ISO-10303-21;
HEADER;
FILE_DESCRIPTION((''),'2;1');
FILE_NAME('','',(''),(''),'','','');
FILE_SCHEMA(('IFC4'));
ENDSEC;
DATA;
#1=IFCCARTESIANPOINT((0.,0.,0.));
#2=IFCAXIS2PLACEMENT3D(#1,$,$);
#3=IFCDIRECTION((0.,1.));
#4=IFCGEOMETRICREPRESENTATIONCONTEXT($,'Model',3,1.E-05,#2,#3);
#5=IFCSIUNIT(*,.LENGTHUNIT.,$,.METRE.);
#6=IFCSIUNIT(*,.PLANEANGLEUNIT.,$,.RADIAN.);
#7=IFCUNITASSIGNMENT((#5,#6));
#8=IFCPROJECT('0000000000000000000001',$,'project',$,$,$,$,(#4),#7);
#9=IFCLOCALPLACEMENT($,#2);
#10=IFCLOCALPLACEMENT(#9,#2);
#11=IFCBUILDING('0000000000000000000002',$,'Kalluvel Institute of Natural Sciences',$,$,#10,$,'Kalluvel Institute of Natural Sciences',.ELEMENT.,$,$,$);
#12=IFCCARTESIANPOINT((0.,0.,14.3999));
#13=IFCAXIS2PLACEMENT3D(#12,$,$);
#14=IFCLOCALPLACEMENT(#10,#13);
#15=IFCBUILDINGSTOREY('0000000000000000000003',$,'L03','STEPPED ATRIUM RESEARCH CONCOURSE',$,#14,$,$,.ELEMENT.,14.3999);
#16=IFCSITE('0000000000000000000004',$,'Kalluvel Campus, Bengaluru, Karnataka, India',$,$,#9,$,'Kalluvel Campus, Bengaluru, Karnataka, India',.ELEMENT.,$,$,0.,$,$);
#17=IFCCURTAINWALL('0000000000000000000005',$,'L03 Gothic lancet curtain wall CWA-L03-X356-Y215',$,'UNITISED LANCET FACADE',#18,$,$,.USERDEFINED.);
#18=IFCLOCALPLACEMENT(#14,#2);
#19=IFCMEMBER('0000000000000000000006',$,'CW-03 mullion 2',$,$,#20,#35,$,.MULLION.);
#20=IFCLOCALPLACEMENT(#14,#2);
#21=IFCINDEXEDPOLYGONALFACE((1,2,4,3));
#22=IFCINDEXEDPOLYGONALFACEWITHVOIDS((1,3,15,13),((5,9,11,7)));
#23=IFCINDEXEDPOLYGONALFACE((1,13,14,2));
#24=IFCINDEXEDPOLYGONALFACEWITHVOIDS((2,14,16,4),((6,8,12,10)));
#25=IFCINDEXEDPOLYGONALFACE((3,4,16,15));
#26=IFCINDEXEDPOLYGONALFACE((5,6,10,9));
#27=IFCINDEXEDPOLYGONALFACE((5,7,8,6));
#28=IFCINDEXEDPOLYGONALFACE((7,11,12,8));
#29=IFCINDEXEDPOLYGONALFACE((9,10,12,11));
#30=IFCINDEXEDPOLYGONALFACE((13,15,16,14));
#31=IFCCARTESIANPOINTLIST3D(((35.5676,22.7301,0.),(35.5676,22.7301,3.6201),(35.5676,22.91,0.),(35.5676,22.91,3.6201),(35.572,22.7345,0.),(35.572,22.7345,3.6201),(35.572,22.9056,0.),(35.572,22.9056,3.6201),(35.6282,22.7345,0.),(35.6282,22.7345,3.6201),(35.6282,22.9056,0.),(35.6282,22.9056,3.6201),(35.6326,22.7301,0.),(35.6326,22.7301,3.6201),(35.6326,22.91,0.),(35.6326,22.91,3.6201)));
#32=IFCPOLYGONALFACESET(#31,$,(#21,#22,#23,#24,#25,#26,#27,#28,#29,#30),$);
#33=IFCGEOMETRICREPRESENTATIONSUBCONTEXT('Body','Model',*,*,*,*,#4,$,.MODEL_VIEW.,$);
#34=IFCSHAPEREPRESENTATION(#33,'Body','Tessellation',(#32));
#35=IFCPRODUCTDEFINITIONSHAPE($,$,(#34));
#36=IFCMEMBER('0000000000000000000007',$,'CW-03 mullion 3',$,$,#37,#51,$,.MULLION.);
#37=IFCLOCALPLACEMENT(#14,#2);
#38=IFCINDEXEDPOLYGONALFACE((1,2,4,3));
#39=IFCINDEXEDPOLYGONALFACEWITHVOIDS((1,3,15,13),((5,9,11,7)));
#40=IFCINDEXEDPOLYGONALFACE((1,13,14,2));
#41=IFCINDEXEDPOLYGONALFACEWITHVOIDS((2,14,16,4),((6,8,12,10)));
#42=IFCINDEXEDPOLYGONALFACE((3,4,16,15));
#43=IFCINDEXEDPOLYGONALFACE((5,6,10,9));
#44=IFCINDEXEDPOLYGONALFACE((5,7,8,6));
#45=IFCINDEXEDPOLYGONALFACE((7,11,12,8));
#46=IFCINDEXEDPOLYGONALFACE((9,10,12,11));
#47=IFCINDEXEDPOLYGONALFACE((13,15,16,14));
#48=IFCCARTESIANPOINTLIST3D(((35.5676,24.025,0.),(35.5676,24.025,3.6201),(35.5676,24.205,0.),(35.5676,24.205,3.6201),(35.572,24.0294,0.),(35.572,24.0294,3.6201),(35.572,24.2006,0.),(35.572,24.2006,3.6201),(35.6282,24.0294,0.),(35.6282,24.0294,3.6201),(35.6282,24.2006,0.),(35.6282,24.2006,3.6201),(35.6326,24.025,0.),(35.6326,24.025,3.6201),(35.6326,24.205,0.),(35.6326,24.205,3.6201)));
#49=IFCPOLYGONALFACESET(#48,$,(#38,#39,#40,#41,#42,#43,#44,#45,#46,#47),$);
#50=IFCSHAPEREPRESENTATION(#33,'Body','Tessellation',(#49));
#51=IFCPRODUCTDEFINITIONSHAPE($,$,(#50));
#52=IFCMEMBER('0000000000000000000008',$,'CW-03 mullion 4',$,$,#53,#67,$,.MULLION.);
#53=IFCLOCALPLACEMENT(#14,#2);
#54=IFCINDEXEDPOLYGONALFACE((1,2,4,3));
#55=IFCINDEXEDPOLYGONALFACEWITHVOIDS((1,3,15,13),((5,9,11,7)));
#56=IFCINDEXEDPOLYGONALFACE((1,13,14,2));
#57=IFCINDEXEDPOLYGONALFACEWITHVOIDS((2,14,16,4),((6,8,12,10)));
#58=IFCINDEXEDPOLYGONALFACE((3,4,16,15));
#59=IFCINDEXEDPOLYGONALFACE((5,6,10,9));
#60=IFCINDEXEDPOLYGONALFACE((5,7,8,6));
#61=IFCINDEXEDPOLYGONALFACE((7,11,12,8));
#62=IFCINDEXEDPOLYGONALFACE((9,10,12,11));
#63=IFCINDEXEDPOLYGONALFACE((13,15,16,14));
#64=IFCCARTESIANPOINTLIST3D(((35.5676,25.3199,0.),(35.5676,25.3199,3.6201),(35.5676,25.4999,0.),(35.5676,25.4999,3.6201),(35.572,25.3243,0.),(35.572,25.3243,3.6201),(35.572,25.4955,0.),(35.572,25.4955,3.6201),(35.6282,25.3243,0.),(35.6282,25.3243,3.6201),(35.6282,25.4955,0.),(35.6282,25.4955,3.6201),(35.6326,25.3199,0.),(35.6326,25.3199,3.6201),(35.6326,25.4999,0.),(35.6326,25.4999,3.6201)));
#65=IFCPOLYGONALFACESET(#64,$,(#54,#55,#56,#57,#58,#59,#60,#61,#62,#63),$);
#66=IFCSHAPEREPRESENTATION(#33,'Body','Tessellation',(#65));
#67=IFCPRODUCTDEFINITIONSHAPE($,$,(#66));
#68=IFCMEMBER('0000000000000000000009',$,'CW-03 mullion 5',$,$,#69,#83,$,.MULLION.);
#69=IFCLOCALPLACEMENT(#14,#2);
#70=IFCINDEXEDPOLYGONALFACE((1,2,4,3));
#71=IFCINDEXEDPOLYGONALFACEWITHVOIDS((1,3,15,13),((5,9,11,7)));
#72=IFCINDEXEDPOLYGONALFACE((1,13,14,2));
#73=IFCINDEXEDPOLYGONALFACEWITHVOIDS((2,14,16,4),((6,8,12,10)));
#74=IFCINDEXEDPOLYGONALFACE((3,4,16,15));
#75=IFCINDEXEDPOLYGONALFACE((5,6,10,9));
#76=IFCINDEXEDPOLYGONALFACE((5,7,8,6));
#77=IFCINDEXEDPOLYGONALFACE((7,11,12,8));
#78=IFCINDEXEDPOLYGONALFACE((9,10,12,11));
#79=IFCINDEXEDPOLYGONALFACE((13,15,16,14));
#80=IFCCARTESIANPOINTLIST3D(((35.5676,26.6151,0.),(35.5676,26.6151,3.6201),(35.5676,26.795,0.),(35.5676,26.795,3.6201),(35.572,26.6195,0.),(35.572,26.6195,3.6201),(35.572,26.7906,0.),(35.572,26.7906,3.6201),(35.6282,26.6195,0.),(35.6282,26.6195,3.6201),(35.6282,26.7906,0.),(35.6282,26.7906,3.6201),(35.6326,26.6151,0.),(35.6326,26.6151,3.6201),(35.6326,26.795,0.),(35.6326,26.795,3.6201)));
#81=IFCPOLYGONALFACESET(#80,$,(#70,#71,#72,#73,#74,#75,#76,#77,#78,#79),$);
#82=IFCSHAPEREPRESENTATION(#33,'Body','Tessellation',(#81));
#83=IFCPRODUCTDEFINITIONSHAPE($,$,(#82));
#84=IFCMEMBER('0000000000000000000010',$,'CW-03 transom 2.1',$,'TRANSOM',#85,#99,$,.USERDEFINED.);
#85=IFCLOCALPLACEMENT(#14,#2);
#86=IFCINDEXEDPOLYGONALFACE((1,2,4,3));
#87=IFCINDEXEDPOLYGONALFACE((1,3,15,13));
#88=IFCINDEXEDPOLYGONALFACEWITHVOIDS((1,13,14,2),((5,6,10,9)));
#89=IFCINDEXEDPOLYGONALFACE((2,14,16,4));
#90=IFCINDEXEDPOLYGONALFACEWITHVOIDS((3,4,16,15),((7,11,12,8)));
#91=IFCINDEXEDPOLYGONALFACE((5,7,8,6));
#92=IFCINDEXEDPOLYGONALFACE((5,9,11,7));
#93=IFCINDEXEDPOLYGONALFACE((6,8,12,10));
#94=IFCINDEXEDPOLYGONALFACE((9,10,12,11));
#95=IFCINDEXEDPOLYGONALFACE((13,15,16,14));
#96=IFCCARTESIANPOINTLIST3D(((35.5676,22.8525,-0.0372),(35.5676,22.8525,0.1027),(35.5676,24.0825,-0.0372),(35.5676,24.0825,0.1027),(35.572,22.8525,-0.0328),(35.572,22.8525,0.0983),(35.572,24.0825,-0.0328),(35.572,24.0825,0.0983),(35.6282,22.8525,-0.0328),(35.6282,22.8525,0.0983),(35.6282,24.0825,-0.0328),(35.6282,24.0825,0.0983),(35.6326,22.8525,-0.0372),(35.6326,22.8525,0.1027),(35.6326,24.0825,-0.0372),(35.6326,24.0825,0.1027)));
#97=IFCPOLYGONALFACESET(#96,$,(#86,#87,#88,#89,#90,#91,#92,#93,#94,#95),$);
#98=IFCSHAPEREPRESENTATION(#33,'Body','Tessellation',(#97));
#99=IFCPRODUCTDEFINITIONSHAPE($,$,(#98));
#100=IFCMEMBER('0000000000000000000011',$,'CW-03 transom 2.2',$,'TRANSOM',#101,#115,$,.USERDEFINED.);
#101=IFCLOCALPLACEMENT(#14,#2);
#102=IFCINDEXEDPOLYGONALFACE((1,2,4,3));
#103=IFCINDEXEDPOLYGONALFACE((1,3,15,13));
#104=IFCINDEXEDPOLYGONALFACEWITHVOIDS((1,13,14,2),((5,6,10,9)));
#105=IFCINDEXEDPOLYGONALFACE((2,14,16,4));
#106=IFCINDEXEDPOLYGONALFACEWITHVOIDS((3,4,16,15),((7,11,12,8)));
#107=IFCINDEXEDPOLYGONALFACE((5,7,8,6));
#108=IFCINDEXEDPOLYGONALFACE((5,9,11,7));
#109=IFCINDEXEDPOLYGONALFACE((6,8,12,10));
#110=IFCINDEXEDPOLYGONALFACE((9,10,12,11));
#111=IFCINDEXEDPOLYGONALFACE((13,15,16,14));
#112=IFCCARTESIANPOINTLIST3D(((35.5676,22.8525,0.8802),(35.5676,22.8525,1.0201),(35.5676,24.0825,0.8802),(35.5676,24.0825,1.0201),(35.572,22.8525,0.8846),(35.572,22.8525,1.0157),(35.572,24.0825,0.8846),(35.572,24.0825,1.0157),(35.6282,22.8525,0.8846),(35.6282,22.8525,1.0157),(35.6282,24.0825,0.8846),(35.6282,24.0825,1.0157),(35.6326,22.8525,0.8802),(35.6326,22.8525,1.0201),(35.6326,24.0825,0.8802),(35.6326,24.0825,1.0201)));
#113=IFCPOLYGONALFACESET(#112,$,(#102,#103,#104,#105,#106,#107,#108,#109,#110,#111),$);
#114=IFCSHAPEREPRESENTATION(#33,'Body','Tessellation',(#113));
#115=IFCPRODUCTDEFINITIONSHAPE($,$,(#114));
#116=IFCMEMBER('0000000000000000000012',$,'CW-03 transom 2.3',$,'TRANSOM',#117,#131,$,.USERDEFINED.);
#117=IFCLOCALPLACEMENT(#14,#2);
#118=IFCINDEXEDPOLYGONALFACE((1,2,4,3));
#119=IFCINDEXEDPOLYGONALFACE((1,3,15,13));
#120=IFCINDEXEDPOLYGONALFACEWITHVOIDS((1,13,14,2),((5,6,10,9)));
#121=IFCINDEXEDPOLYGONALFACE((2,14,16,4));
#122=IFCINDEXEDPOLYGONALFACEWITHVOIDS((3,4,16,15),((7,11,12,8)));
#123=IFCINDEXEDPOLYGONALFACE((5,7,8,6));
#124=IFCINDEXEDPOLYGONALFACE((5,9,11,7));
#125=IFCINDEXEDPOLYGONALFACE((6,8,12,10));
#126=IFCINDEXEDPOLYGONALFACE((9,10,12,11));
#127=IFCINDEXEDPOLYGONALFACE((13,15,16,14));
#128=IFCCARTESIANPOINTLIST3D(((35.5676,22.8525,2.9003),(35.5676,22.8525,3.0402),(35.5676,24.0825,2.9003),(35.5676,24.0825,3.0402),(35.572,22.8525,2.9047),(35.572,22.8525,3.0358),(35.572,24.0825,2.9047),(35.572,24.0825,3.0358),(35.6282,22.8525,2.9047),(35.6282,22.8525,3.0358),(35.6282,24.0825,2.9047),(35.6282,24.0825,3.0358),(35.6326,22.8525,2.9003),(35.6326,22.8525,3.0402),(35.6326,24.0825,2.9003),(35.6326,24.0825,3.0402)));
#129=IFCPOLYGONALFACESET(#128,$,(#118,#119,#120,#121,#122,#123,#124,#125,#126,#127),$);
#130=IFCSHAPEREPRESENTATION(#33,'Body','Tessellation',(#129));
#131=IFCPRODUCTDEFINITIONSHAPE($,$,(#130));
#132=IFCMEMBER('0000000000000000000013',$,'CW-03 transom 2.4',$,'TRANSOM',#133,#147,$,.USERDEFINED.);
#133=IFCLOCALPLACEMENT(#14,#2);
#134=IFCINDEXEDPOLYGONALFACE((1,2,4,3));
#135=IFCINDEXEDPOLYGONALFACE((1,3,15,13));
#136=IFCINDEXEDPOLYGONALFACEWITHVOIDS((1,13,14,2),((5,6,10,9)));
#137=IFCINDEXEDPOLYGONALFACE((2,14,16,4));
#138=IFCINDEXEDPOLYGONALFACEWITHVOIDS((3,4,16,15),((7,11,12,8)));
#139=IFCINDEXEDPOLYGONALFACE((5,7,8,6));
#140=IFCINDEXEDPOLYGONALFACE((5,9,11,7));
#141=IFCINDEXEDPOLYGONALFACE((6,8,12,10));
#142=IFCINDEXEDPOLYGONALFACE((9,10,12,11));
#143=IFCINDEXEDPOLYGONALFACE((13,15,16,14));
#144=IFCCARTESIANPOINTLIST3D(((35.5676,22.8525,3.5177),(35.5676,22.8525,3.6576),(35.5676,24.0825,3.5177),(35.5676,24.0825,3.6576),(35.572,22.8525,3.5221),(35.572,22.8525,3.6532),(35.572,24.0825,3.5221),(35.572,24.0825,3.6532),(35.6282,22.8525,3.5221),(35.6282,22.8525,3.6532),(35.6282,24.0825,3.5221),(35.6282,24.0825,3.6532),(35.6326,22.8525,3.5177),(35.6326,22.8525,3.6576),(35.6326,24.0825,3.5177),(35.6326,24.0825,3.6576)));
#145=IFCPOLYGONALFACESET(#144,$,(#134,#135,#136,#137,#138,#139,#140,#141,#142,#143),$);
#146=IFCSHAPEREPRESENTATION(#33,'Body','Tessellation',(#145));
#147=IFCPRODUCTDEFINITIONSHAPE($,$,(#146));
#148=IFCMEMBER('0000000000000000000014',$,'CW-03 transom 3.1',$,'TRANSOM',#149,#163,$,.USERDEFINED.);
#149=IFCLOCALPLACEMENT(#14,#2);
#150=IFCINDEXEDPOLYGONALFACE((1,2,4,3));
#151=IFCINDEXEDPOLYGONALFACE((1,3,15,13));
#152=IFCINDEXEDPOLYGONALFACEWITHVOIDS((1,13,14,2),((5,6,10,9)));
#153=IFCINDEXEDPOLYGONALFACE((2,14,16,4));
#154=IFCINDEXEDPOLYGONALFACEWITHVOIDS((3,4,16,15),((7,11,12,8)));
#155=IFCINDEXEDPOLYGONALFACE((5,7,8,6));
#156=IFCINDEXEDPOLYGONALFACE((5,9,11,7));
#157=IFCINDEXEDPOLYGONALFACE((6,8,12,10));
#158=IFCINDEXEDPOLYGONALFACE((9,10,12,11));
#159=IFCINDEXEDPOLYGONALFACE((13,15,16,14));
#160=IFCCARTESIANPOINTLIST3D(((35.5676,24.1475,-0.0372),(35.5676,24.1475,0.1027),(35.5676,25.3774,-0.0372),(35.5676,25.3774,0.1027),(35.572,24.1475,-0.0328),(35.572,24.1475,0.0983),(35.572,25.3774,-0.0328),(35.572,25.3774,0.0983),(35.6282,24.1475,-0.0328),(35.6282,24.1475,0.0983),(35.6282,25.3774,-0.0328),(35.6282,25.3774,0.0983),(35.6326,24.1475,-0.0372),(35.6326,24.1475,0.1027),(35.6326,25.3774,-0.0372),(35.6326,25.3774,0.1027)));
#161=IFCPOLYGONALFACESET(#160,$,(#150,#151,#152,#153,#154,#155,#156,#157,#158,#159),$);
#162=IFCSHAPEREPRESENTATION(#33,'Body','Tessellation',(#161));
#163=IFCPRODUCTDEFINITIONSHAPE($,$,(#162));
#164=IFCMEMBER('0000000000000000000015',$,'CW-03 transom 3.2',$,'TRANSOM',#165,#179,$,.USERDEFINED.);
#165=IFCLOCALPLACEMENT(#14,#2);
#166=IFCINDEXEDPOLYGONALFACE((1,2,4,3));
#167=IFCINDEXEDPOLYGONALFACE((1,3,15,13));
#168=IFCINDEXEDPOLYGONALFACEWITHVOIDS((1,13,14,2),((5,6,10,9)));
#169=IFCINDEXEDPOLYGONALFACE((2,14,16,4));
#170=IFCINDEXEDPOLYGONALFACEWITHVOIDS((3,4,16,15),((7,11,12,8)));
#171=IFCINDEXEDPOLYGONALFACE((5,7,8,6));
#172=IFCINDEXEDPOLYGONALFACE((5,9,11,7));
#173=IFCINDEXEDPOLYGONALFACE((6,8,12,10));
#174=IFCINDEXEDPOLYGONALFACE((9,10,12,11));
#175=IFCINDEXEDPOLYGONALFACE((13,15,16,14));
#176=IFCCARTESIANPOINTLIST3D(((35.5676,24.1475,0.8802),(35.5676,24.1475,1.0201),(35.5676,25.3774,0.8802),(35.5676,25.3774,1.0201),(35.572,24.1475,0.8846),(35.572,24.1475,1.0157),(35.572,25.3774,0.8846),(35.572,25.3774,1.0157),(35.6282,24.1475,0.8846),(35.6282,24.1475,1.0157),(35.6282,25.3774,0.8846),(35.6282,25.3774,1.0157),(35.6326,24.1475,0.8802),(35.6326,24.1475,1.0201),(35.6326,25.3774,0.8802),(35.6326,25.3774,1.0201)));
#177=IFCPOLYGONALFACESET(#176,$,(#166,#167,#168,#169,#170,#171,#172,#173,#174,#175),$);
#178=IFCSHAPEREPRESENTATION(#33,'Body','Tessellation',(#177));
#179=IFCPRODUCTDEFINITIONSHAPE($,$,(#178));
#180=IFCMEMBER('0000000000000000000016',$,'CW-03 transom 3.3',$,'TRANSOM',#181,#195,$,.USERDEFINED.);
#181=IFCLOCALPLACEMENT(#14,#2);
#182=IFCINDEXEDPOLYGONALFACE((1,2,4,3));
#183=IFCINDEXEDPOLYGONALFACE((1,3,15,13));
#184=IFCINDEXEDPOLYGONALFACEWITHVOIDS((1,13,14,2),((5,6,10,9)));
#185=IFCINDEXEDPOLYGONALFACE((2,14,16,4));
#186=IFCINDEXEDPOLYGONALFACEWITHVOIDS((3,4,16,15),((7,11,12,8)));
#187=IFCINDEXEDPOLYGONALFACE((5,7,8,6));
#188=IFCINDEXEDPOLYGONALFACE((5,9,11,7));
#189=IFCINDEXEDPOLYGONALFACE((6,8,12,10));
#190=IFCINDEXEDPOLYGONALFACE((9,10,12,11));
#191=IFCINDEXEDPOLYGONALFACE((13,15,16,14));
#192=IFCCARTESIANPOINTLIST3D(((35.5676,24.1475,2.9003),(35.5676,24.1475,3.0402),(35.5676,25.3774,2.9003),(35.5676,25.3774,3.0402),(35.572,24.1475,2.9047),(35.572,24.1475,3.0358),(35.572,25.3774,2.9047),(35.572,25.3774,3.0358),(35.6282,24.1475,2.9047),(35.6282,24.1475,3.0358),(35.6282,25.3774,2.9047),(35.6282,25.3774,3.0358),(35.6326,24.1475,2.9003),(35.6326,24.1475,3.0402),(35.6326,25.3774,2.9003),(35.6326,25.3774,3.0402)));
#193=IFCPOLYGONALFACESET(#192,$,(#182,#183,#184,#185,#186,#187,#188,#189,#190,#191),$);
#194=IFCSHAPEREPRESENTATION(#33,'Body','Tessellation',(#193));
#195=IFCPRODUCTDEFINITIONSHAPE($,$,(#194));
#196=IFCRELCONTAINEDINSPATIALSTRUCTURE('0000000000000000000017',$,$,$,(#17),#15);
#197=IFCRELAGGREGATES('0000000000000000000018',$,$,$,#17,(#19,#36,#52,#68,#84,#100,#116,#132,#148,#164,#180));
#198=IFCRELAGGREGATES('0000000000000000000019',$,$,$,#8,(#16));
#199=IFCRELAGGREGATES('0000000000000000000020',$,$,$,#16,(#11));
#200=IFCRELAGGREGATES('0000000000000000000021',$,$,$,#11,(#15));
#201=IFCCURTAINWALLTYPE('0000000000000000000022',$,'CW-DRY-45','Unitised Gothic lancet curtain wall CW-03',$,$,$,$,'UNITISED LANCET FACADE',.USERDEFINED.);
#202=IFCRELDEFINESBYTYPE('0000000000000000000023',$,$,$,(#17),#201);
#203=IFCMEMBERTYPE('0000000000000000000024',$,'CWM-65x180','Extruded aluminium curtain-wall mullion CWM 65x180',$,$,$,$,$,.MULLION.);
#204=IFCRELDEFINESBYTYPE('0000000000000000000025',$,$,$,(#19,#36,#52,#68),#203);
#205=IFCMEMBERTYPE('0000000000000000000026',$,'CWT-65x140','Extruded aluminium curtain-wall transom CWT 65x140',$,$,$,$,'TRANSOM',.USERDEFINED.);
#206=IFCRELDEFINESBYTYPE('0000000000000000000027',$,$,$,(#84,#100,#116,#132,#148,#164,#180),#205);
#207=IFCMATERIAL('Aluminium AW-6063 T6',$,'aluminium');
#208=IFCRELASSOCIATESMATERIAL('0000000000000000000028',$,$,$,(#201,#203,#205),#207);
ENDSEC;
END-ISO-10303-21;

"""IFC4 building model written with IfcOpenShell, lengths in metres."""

from ifc_helpers import new_model, si_unit, direction, frame, origin, origin_2d, place, context, subcontext, project, spatial, hollow_rectangle, extrude, material, material_profile, profile_set, type_object, element, aggregate, save


model = new_model("IFC4")

# Units and contexts
model_context = context("Model", 3, precision=1e-05, world=origin(), true_north=direction((0.0, 1.0)))
body_context = subcontext(model_context, "Body", "Model", "MODEL_VIEW")
ifc_project = project(units=[si_unit("LENGTHUNIT", "METRE"), si_unit("PLANEANGLEUNIT", "RADIAN")], contexts=[model_context])

# Site, building, storey
site_placement = place(None, origin())
site = spatial("IfcSite", under=ifc_project, at=site_placement, Name="Kalluvel Campus, Bengaluru, Karnataka, India", LongName="Kalluvel Campus, Bengaluru, Karnataka, India", CompositionType="ELEMENT", RefElevation=0.0)
building_placement = place(site_placement, origin())
building = spatial("IfcBuilding", under=site, at=building_placement, Name="Kalluvel Institute of Natural Sciences", LongName="Kalluvel Institute of Natural Sciences", CompositionType="ELEMENT")
storey_placement = place(building_placement, frame((0.0, 0.0, 14.3999)))
storey = spatial("IfcBuildingStorey", under=building, at=storey_placement, Name="L03", Description="STEPPED ATRIUM RESEARCH CONCOURSE", CompositionType="ELEMENT", Elevation=14.3999)

# Curtain wall, members
ifc_material_1 = material(Name="Aluminium AW-6063 T6", Category="aluminium")
curtain_wall_type = type_object("IfcCurtainWallType", Name="CW-DRY-45", Description="Unitised Gothic lancet curtain wall CW-03", ElementType="UNITISED LANCET FACADE", PredefinedType="USERDEFINED", material=ifc_material_1)
curtain_wall_placement = place(storey_placement, origin())
curtain_wall = element("IfcCurtainWall", 1, at=curtain_wall_placement, inside=storey, type_object=curtain_wall_type, Name="L03 Gothic lancet curtain wall CWA-L03-X356-Y215", ObjectType="UNITISED LANCET FACADE", PredefinedType="USERDEFINED")
ifc_material_profile_1 = material_profile(ifc_material_1, hollow_rectangle(XDim=0.0649, YDim=0.1799, WallThickness=0.0044, at=origin_2d()), Name="CWM 65x180")
ifc_profile_set_1 = profile_set([ifc_material_profile_1], Name="Aluminium AW-6063 T6")
member_type_1 = type_object("IfcMemberType", Name="CWM-65x180", Description="Extruded aluminium curtain-wall mullion CWM 65x180", PredefinedType="MULLION", material=ifc_profile_set_1)
member_1_placement = place(storey_placement, frame((35.6001, 22.8201, 0.0), z_axis=(0.0, 0.0, 1.0), x_axis=(-1.0, 0.0, 0.0)))
member_1 = element("IfcMember", 2, at=member_1_placement, type_object=member_type_1, Name="CW-03 mullion 2", PredefinedType="MULLION", context=body_context, shape_type="SweptSolid", body=[
    extrude(hollow_rectangle(XDim=0.0649, YDim=0.1799, WallThickness=0.0044, at=origin_2d()), origin(), (0.0, 0.0, 1.0), 3.6201),
])
member_2_placement = place(storey_placement, frame((35.6001, 24.115, 0.0), z_axis=(0.0, 0.0, 1.0), x_axis=(-1.0, 0.0, 0.0)))
member_2 = element("IfcMember", 3, at=member_2_placement, type_object=member_type_1, Name="CW-03 mullion 3", PredefinedType="MULLION", context=body_context, shape_type="SweptSolid", body=[
    extrude(hollow_rectangle(XDim=0.0649, YDim=0.1799, WallThickness=0.0044, at=origin_2d()), origin(), (0.0, 0.0, 1.0), 3.6201),
])
member_3_placement = place(storey_placement, frame((35.6001, 25.4099, 0.0), z_axis=(0.0, 0.0, 1.0), x_axis=(-1.0, 0.0, 0.0)))
member_3 = element("IfcMember", 4, at=member_3_placement, type_object=member_type_1, Name="CW-03 mullion 4", PredefinedType="MULLION", context=body_context, shape_type="SweptSolid", body=[
    extrude(hollow_rectangle(XDim=0.0649, YDim=0.1799, WallThickness=0.0044, at=origin_2d()), origin(), (0.0, 0.0, 1.0), 3.6201),
])
member_4_placement = place(storey_placement, frame((35.6001, 26.7051, 0.0), z_axis=(0.0, 0.0, 1.0), x_axis=(-1.0, 0.0, 0.0)))
member_4 = element("IfcMember", 5, at=member_4_placement, type_object=member_type_1, Name="CW-03 mullion 5", PredefinedType="MULLION", context=body_context, shape_type="SweptSolid", body=[
    extrude(hollow_rectangle(XDim=0.0649, YDim=0.1799, WallThickness=0.0044, at=origin_2d()), origin(), (0.0, 0.0, 1.0), 3.6201),
])
ifc_material_profile_2 = material_profile(ifc_material_1, hollow_rectangle(XDim=0.0649, YDim=0.1399, WallThickness=0.0044, at=origin_2d()), Name="CWT 65x140")
ifc_profile_set_2 = profile_set([ifc_material_profile_2], Name="Aluminium AW-6063 T6")
member_type_2 = type_object("IfcMemberType", Name="CWT-65x140", Description="Extruded aluminium curtain-wall transom CWT 65x140", ElementType="TRANSOM", PredefinedType="USERDEFINED", material=ifc_profile_set_2)
member_5_placement = place(storey_placement, frame((35.6001, 22.8525, 0.0327), z_axis=(0.0, 1.0, 0.0), x_axis=(-1.0, 0.0, 0.0)))
member_5 = element("IfcMember", 6, at=member_5_placement, type_object=member_type_2, Name="CW-03 transom 2.1", ObjectType="TRANSOM", PredefinedType="USERDEFINED", context=body_context, shape_type="SweptSolid", body=[
    extrude(hollow_rectangle(XDim=0.0649, YDim=0.1399, WallThickness=0.0044, at=origin_2d()), origin(), (0.0, 0.0, 1.0), 1.23),
])
member_6_placement = place(storey_placement, frame((35.6001, 22.8525, 0.9502), z_axis=(0.0, 1.0, 0.0), x_axis=(-1.0, 0.0, 0.0)))
member_6 = element("IfcMember", 7, at=member_6_placement, type_object=member_type_2, Name="CW-03 transom 2.2", ObjectType="TRANSOM", PredefinedType="USERDEFINED", context=body_context, shape_type="SweptSolid", body=[
    extrude(hollow_rectangle(XDim=0.0649, YDim=0.1399, WallThickness=0.0044, at=origin_2d()), origin(), (0.0, 0.0, 1.0), 1.23),
])
member_7_placement = place(storey_placement, frame((35.6001, 22.8525, 2.9702), z_axis=(0.0, 1.0, 0.0), x_axis=(-1.0, 0.0, 0.0)))
member_7 = element("IfcMember", 8, at=member_7_placement, type_object=member_type_2, Name="CW-03 transom 2.3", ObjectType="TRANSOM", PredefinedType="USERDEFINED", context=body_context, shape_type="SweptSolid", body=[
    extrude(hollow_rectangle(XDim=0.0649, YDim=0.1399, WallThickness=0.0044, at=origin_2d()), origin(), (0.0, 0.0, 1.0), 1.23),
])
member_8_placement = place(storey_placement, frame((35.6001, 22.8525, 3.5876), z_axis=(0.0, 1.0, 0.0), x_axis=(-1.0, 0.0, 0.0)))
member_8 = element("IfcMember", 9, at=member_8_placement, type_object=member_type_2, Name="CW-03 transom 2.4", ObjectType="TRANSOM", PredefinedType="USERDEFINED", context=body_context, shape_type="SweptSolid", body=[
    extrude(hollow_rectangle(XDim=0.0649, YDim=0.1399, WallThickness=0.0044, at=origin_2d()), origin(), (0.0, 0.0, 1.0), 1.23),
])
member_9_placement = place(storey_placement, frame((35.6001, 24.1475, 0.0327), z_axis=(0.0, 1.0, 0.0), x_axis=(-1.0, 0.0, 0.0)))
member_9 = element("IfcMember", 10, at=member_9_placement, type_object=member_type_2, Name="CW-03 transom 3.1", ObjectType="TRANSOM", PredefinedType="USERDEFINED", context=body_context, shape_type="SweptSolid", body=[
    extrude(hollow_rectangle(XDim=0.0649, YDim=0.1399, WallThickness=0.0044, at=origin_2d()), origin(), (0.0, 0.0, 1.0), 1.23),
])
member_10_placement = place(storey_placement, frame((35.6001, 24.1475, 0.9502), z_axis=(0.0, 1.0, 0.0), x_axis=(-1.0, 0.0, 0.0)))
member_10 = element("IfcMember", 11, at=member_10_placement, type_object=member_type_2, Name="CW-03 transom 3.2", ObjectType="TRANSOM", PredefinedType="USERDEFINED", context=body_context, shape_type="SweptSolid", body=[
    extrude(hollow_rectangle(XDim=0.0649, YDim=0.1399, WallThickness=0.0044, at=origin_2d()), origin(), (0.0, 0.0, 1.0), 1.23),
])
member_11_placement = place(storey_placement, frame((35.6001, 24.1475, 2.9702), z_axis=(0.0, 1.0, 0.0), x_axis=(-1.0, 0.0, 0.0)))
member_11 = element("IfcMember", 12, at=member_11_placement, type_object=member_type_2, Name="CW-03 transom 3.3", ObjectType="TRANSOM", PredefinedType="USERDEFINED", context=body_context, shape_type="SweptSolid", body=[
    extrude(hollow_rectangle(XDim=0.0649, YDim=0.1399, WallThickness=0.0044, at=origin_2d()), origin(), (0.0, 0.0, 1.0), 1.23),
])
aggregate(curtain_wall, [member_1, member_2, member_3, member_4, member_5, member_6, member_7, member_8, member_9, member_10, member_11])

save(model, "model.ifc")
